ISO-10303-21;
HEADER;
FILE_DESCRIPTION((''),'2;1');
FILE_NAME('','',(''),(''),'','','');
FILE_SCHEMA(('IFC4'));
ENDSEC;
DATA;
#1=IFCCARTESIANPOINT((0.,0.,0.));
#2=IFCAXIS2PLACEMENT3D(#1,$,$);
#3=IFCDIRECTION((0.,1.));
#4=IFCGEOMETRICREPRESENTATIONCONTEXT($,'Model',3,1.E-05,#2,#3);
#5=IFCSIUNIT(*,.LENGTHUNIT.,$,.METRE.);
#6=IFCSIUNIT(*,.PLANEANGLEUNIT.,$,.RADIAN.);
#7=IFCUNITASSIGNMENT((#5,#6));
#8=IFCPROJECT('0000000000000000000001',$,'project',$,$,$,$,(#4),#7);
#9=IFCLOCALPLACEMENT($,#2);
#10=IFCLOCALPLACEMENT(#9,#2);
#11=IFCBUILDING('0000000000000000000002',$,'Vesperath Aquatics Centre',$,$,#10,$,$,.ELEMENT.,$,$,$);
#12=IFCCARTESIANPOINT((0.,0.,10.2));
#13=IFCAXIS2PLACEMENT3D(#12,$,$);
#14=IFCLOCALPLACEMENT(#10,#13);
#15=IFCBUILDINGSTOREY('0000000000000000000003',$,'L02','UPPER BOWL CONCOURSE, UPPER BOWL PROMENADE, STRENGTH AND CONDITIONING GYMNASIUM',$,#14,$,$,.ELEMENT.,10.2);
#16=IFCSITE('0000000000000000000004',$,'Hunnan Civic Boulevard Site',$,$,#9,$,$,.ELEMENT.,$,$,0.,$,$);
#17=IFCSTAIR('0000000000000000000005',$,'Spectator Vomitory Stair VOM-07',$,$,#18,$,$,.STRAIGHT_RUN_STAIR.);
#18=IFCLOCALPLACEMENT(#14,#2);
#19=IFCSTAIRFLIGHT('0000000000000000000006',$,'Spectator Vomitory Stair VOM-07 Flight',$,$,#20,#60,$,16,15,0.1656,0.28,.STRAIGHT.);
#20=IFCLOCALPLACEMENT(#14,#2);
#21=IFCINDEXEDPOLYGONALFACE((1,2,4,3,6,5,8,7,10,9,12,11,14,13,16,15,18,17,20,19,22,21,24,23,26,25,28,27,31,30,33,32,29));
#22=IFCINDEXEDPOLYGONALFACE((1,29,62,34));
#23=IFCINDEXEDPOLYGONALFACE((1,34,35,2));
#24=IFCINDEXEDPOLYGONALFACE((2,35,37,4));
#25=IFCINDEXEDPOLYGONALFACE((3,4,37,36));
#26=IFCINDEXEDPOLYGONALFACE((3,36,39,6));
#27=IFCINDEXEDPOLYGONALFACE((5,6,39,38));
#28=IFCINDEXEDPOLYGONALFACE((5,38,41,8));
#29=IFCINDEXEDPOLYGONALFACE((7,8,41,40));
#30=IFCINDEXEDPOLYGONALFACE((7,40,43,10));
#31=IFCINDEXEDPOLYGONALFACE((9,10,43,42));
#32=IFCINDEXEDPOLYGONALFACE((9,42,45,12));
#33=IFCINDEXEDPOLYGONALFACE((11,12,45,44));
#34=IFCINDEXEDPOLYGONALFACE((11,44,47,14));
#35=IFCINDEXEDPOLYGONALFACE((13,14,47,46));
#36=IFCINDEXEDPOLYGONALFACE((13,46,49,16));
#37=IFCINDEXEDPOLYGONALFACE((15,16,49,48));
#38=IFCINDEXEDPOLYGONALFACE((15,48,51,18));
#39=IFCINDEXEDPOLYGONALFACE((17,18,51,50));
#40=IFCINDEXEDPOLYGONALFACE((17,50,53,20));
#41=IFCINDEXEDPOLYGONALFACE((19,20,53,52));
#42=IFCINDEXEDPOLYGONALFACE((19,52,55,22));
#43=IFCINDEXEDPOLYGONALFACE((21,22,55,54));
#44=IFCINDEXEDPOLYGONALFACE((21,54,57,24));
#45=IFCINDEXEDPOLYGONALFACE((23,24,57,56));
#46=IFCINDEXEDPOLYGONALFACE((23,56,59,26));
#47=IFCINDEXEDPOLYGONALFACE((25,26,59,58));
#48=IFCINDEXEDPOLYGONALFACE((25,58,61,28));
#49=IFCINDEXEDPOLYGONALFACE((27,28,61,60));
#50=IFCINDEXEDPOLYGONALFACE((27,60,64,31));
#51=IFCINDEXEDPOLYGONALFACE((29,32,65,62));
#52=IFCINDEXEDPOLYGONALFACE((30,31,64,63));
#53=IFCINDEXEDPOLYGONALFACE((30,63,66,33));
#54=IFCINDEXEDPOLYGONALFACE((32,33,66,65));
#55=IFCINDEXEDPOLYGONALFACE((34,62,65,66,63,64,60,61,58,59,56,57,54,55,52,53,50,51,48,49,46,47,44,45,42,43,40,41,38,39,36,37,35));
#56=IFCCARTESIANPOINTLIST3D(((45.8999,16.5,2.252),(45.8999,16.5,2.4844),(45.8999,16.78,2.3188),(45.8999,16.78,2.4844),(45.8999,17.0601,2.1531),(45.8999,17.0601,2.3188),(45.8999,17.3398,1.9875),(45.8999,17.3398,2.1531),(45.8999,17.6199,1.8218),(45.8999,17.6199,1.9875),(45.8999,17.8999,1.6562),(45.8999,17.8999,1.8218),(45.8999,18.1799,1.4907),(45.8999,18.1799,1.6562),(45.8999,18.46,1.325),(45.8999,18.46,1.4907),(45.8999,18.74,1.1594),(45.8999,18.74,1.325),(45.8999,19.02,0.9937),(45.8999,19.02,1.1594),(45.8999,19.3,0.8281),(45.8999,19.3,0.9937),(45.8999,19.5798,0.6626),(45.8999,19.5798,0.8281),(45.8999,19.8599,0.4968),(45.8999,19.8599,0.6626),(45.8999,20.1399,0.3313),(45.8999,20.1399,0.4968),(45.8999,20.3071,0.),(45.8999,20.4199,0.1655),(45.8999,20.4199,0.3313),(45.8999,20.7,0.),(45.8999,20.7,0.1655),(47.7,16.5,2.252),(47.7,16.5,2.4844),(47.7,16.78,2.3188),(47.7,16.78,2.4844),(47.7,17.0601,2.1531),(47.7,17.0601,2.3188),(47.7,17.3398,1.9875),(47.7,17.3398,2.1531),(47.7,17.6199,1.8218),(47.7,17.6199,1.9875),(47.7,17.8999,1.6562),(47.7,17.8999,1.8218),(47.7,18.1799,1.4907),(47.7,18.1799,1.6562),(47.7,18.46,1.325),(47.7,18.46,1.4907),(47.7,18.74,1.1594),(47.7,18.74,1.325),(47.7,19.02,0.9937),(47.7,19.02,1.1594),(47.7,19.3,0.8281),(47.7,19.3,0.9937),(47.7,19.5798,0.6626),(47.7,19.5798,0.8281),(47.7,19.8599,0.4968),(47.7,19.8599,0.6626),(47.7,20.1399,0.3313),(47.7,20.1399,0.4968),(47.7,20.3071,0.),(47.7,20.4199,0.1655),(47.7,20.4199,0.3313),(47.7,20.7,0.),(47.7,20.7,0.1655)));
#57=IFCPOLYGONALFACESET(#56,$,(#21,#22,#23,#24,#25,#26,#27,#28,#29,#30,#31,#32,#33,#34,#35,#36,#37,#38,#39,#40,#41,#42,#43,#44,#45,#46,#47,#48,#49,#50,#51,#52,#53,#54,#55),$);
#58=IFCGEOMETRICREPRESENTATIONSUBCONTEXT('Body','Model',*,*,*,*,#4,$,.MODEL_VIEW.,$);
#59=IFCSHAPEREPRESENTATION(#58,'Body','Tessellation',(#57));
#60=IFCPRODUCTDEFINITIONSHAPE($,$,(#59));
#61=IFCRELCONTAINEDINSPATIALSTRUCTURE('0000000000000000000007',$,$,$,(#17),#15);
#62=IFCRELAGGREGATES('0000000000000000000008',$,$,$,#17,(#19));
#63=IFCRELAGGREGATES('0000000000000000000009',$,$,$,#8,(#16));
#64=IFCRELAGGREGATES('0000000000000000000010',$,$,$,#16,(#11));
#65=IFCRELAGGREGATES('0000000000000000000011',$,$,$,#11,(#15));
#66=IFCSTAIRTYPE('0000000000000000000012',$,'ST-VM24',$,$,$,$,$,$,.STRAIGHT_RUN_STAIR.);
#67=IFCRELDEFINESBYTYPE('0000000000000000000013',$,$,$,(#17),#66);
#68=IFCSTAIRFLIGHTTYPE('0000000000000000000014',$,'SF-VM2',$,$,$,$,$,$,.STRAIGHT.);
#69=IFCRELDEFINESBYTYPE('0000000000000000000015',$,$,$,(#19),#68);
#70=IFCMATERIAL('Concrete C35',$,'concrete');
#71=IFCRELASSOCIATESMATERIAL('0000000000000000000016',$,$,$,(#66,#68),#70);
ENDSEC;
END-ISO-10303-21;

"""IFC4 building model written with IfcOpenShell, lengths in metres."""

from ifc_helpers import new_model, si_unit, direction, frame, origin, place, context, subcontext, project, spatial, polyline, outline, extrude, material, type_object, element, aggregate, save


model = new_model("IFC4")

# Units and contexts
model_context = context("Model", 3, precision=1e-05, world=origin(), true_north=direction((0.0, 1.0)))
body_context = subcontext(model_context, "Body", "Model", "MODEL_VIEW")
ifc_project = project(units=[si_unit("LENGTHUNIT", "METRE"), si_unit("PLANEANGLEUNIT", "RADIAN")], contexts=[model_context])

# Site, building, storey
site_placement = place(None, origin())
site = spatial("IfcSite", under=ifc_project, at=site_placement, Name="Hunnan Civic Boulevard Site", CompositionType="ELEMENT", RefElevation=0.0)
building_placement = place(site_placement, origin())
building = spatial("IfcBuilding", under=site, at=building_placement, Name="Vesperath Aquatics Centre", CompositionType="ELEMENT")
storey_placement = place(building_placement, frame((0.0, 0.0, 10.2)))
storey = spatial("IfcBuildingStorey", under=building, at=storey_placement, Name="L02", Description="UPPER BOWL CONCOURSE, UPPER BOWL PROMENADE, STRENGTH AND CONDITIONING GYMNASIUM", CompositionType="ELEMENT", Elevation=10.2)

# Stair, stair flight
ifc_material_1 = material(Name="Concrete C35", Category="concrete")
stair_type = type_object("IfcStairType", Name="ST-VM24", PredefinedType="STRAIGHT_RUN_STAIR", material=ifc_material_1)
stair_placement = place(storey_placement, origin())
stair = element("IfcStair", 1, at=stair_placement, inside=storey, type_object=stair_type, Name="Spectator Vomitory Stair VOM-07", PredefinedType="STRAIGHT_RUN_STAIR")
stair_flight_type = type_object("IfcStairFlightType", Name="SF-VM2", PredefinedType="STRAIGHT", material=ifc_material_1)
stair_flight_placement = place(storey_placement, frame((46.8, 20.7, 0.0), z_axis=(0.0, 0.0, 1.0), x_axis=(0.0, -1.0, 0.0)))
stair_flight = element("IfcStairFlight", 2, at=stair_flight_placement, type_object=stair_flight_type, Name="Spectator Vomitory Stair VOM-07 Flight", NumberOfRisers=16, NumberOfTreads=15, PredefinedType="STRAIGHT", RiserHeight=0.1656, TreadLength=0.28, context=body_context, shape_type="SweptSolid", body=[
    extrude(outline(polyline([(0.0, 0.0), (0.0, 0.1655), (0.28, 0.1655), (0.28, 0.3313), (0.5601, 0.3313), (0.5601, 0.4968), (0.8401, 0.4968), (0.8401, 0.6626), (1.1201, 0.6626), (1.1201, 0.8281), (1.3999, 0.8281), (1.3999, 0.9937), (1.6799, 0.9937), (1.6799, 1.1594), (1.96, 1.1594), (1.96, 1.325), (2.24, 1.325), (2.24, 1.4907), (2.52, 1.4907), (2.52, 1.6562), (2.8, 1.6562), (2.8, 1.8218), (3.0801, 1.8218), (3.0801, 1.9875), (3.3601, 1.9875), (3.3601, 2.1531), (3.6399, 2.1531), (3.6399, 2.3188), (3.9199, 2.3188), (3.9199, 2.4844), (4.2, 2.4844), (4.2, 2.6499), (4.2, 2.252), (0.3928, 0.0), (0.0, 0.0)])), frame((0.0, 0.8999, 0.0), z_axis=(0.0, -1.0, 0.0), x_axis=(1.0, 0.0, 0.0)), (0.0, 0.0, 1.0), 1.8),
])
aggregate(stair, [stair_flight])

save(model, "model.ifc")
